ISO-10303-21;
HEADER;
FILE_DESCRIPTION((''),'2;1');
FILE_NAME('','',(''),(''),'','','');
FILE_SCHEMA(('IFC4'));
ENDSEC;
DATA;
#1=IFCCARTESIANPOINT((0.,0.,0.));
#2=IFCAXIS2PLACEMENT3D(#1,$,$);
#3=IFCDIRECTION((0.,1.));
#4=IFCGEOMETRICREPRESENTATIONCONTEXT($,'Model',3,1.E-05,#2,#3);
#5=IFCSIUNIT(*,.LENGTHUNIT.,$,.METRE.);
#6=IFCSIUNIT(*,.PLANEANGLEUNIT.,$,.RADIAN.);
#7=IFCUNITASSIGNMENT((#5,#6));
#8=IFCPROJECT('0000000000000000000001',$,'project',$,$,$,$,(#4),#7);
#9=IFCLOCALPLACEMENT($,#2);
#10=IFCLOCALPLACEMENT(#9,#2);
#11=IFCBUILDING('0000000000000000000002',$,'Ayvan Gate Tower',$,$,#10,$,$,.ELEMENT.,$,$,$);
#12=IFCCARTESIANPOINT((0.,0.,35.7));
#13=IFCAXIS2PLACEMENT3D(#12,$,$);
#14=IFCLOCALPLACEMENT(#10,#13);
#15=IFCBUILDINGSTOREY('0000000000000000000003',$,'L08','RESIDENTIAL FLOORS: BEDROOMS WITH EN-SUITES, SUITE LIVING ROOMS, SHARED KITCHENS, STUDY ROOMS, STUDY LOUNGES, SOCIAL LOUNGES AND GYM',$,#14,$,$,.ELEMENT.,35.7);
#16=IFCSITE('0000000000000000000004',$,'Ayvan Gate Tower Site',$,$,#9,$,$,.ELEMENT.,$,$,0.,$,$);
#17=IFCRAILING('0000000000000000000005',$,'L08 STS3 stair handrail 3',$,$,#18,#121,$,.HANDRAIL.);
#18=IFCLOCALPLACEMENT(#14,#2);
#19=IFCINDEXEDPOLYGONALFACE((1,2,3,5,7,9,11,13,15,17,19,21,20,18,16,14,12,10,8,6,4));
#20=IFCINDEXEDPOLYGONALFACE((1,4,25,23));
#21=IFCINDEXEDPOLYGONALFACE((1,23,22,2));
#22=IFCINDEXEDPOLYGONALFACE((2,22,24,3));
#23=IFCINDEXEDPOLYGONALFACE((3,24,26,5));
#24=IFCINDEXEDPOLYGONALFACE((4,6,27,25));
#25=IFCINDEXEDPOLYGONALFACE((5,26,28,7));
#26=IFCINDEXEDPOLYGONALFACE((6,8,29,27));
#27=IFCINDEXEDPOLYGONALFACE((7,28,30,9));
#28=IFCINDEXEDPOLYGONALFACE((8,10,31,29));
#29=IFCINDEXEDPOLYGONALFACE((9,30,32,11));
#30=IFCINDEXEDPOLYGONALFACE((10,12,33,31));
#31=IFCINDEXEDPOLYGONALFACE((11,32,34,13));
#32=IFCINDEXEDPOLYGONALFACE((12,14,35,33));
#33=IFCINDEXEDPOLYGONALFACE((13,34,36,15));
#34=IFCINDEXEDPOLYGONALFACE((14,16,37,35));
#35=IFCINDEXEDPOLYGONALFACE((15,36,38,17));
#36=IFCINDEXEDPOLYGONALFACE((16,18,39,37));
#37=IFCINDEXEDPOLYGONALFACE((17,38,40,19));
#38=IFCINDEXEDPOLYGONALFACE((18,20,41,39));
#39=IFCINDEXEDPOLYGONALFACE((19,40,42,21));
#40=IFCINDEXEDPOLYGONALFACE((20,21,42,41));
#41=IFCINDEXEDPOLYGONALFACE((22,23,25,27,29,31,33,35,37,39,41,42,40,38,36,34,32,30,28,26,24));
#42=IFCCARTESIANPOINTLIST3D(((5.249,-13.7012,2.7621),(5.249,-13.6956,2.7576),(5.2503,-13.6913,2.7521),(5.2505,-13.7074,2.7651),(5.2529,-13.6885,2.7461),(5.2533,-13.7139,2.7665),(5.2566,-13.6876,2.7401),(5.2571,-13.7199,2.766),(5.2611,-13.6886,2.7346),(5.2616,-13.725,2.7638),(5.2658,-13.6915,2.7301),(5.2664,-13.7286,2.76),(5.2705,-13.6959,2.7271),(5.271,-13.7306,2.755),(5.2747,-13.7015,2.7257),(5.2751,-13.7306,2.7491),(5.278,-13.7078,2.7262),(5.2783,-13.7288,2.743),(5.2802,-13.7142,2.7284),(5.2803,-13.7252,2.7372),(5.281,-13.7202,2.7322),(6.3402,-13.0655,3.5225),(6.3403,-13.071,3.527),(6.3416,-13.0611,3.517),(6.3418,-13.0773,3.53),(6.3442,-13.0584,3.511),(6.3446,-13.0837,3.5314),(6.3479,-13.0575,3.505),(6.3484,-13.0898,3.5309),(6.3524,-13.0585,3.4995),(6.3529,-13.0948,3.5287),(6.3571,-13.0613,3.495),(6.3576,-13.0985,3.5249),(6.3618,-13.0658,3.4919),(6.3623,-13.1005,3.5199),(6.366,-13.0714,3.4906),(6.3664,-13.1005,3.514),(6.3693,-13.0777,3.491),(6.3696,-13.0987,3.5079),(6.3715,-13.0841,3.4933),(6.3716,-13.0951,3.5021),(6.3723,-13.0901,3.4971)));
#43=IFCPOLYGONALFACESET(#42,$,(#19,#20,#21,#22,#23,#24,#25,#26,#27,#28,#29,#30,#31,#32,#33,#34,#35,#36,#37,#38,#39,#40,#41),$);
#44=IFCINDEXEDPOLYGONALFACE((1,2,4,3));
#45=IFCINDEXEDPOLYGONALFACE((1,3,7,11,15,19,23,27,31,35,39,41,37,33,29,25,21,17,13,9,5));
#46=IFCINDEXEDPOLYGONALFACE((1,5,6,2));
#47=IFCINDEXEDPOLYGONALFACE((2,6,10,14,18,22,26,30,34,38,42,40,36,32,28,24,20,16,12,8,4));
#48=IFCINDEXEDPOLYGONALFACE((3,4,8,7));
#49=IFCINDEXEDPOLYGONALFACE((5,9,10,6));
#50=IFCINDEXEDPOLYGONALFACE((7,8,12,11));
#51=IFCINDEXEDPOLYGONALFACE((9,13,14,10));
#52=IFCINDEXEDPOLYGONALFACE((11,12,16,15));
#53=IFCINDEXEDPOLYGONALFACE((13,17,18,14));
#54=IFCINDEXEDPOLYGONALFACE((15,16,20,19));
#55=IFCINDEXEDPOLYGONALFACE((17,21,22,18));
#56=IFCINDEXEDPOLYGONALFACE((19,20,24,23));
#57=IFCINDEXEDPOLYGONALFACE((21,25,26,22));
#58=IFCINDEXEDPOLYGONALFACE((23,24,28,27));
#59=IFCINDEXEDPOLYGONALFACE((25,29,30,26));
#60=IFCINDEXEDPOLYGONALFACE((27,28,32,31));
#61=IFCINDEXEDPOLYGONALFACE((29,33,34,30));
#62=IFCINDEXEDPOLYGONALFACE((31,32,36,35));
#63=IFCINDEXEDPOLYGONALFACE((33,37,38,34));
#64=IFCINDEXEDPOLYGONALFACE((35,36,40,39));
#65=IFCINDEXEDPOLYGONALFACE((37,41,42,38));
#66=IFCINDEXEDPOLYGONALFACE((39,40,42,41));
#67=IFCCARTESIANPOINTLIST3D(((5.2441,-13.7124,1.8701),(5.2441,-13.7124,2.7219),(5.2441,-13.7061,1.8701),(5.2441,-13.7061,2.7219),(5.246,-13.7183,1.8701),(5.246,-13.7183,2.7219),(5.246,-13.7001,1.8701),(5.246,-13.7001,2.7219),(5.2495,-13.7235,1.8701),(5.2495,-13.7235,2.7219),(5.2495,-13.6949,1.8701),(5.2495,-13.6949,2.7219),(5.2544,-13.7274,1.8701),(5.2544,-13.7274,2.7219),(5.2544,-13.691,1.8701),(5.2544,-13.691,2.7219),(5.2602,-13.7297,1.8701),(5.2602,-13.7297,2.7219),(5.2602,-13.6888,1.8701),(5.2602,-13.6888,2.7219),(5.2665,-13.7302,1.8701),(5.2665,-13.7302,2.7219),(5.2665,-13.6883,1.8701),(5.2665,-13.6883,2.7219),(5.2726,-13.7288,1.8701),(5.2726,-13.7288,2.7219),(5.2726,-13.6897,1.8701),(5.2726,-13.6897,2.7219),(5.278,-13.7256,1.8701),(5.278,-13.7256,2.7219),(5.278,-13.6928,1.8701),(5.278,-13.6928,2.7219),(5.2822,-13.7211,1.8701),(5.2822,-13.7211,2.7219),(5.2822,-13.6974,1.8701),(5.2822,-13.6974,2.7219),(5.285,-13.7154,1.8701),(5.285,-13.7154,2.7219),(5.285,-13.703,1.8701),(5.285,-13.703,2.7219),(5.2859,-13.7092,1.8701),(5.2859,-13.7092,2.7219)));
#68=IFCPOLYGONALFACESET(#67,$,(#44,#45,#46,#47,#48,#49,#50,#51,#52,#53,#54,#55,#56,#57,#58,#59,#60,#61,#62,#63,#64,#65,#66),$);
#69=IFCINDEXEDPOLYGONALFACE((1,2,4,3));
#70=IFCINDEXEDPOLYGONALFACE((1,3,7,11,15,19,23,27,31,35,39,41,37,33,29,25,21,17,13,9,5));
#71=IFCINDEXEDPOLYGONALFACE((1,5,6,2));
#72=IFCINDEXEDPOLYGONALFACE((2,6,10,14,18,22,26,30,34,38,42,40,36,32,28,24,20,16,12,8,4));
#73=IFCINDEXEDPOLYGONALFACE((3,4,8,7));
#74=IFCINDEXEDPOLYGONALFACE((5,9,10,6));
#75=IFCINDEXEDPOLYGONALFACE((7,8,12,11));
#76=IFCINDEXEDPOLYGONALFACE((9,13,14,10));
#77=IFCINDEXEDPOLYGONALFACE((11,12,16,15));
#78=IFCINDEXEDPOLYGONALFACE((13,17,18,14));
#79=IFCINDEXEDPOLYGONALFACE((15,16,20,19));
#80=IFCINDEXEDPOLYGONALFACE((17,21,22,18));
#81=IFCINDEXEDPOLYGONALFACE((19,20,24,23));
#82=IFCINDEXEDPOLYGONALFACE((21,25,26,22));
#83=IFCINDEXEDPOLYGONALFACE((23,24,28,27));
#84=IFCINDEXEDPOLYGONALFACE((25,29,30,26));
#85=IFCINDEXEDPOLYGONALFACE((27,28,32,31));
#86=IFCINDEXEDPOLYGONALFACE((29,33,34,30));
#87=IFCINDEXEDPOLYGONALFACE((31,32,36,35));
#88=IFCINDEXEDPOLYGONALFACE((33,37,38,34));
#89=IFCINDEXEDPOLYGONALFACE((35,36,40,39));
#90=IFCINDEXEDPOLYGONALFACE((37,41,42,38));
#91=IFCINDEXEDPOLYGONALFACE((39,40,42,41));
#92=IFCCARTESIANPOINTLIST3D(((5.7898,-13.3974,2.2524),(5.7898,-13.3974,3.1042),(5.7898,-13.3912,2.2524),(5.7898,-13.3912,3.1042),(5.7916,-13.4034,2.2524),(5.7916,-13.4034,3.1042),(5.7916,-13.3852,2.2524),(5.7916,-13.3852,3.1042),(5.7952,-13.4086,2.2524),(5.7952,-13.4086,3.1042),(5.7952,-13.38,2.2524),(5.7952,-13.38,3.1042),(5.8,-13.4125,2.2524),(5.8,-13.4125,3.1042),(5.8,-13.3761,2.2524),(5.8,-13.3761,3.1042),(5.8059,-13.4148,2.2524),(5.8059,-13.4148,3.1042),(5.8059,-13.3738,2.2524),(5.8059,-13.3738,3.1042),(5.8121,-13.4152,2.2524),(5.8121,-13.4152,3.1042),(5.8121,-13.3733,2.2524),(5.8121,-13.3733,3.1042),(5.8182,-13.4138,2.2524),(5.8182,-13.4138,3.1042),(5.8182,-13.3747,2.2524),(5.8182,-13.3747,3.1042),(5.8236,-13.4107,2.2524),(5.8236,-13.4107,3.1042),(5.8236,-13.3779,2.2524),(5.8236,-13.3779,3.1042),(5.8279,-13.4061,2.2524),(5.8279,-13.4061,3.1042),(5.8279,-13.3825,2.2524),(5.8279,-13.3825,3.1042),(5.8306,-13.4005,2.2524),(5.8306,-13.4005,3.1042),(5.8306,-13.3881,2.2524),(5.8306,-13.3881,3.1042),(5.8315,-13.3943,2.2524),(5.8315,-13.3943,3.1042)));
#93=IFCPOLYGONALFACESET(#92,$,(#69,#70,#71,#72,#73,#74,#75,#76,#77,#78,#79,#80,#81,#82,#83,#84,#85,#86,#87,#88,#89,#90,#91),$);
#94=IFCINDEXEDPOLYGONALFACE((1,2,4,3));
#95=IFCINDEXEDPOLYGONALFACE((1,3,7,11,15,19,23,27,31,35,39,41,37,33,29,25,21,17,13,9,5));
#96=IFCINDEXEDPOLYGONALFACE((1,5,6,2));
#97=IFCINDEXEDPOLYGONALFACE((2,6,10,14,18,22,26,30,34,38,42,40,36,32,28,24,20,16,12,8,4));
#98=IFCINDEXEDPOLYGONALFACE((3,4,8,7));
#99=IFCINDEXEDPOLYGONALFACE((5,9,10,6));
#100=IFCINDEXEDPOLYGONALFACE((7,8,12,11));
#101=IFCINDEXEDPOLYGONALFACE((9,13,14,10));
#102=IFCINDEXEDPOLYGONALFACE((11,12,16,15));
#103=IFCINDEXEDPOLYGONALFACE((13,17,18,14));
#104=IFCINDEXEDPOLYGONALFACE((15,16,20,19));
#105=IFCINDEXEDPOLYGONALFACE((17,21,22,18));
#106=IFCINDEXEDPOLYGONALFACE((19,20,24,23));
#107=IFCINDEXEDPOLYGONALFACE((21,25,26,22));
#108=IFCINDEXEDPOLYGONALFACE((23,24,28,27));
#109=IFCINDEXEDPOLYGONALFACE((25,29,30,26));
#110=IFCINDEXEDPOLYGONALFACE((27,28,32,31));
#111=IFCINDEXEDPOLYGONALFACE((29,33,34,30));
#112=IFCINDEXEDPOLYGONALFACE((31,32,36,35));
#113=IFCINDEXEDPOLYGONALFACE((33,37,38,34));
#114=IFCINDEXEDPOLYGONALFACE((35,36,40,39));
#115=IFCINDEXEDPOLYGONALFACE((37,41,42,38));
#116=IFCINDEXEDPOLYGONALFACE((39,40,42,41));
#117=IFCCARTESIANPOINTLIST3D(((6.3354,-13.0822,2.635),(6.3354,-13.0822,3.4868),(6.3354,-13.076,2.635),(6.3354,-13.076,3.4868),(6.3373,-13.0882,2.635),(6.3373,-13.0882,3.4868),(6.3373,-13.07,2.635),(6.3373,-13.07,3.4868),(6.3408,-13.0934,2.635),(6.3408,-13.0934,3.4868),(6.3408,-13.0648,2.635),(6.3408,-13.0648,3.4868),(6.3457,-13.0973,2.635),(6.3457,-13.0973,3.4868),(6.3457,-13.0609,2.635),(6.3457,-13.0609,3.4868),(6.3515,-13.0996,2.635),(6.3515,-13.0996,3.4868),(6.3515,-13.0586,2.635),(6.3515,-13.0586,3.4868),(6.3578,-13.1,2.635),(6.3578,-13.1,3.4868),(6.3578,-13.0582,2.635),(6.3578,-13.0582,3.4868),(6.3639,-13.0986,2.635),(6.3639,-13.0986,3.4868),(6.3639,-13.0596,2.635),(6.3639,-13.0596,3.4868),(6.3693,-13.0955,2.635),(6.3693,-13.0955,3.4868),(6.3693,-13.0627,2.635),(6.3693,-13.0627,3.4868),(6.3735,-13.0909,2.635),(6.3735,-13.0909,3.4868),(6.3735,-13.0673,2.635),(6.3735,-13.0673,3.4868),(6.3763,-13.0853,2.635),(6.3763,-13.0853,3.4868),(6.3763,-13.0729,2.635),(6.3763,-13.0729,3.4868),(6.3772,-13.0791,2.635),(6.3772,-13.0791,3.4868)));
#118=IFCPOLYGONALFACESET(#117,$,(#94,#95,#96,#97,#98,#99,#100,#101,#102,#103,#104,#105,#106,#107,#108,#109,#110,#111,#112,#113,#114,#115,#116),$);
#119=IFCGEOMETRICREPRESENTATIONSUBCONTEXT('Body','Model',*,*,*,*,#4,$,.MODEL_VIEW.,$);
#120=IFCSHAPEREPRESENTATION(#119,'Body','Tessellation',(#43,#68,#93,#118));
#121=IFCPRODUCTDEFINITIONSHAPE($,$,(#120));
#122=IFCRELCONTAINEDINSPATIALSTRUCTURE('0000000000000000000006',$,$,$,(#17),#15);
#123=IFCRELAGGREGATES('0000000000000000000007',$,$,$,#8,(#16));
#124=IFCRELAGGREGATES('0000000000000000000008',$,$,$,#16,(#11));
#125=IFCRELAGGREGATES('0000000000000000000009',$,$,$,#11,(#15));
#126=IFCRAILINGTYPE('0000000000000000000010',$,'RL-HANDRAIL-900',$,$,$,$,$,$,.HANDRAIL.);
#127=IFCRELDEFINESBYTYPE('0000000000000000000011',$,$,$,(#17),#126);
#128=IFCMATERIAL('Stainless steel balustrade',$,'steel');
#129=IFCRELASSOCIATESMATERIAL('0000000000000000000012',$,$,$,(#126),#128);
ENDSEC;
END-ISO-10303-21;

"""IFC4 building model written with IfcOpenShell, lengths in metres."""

from ifc_helpers import new_model, si_unit, direction, frame, origin, origin_2d, place, context, subcontext, project, spatial, circle, extrude, material, type_object, element, save


model = new_model("IFC4")

# Units and contexts
model_context = context("Model", 3, precision=1e-05, world=origin(), true_north=direction((0.0, 1.0)))
body_context = subcontext(model_context, "Body", "Model", "MODEL_VIEW")
ifc_project = project(units=[si_unit("LENGTHUNIT", "METRE"), si_unit("PLANEANGLEUNIT", "RADIAN")], contexts=[model_context])

# Site, building, storey
site_placement = place(None, origin())
site = spatial("IfcSite", under=ifc_project, at=site_placement, Name="Ayvan Gate Tower Site", CompositionType="ELEMENT", RefElevation=0.0)
building_placement = place(site_placement, origin())
building = spatial("IfcBuilding", under=site, at=building_placement, Name="Ayvan Gate Tower", CompositionType="ELEMENT")
storey_placement = place(building_placement, frame((0.0, 0.0, 35.7)))
storey = spatial("IfcBuildingStorey", under=building, at=storey_placement, Name="L08", Description="RESIDENTIAL FLOORS: BEDROOMS WITH EN-SUITES, SUITE LIVING ROOMS, SHARED KITCHENS, STUDY ROOMS, STUDY LOUNGES, SOCIAL LOUNGES AND GYM", CompositionType="ELEMENT", Elevation=35.7)

# Railing
ifc_material_1 = material(Name="Stainless steel balustrade", Category="steel")
railing_type_1 = type_object("IfcRailingType", Name="RL-HANDRAIL-900", PredefinedType="HANDRAIL", material=ifc_material_1)
railing_1_placement = place(storey_placement, frame((5.2649, -13.7092, 1.8701)))
element("IfcRailing", 1, at=railing_1_placement, inside=storey, type_object=railing_type_1, Name="L08 STS3 stair handrail 3", PredefinedType="HANDRAIL", context=body_context, shape_type="SweptSolid", body=[
    extrude(circle(Radius=0.0239, at=origin_2d()), frame((0.0, 0.0, 0.876), z_axis=(0.740304, 0.427455, 0.518875), x_axis=(-0.500035, 0.866005, 0.0)), (0.0, 0.0, 1.0), 1.4741),
    extrude(circle(Radius=0.021, at=origin_2d()), origin(), (0.0, 0.0, 1.0), 0.8518),
    extrude(circle(Radius=0.021, at=origin_2d()), frame((0.5457, 0.3149, 0.3823)), (0.0, 0.0, 1.0), 0.8518),
    extrude(circle(Radius=0.021, at=origin_2d()), frame((1.0913, 0.6301, 0.7649)), (0.0, 0.0, 1.0), 0.8518),
])

save(model, "model.ifc")
